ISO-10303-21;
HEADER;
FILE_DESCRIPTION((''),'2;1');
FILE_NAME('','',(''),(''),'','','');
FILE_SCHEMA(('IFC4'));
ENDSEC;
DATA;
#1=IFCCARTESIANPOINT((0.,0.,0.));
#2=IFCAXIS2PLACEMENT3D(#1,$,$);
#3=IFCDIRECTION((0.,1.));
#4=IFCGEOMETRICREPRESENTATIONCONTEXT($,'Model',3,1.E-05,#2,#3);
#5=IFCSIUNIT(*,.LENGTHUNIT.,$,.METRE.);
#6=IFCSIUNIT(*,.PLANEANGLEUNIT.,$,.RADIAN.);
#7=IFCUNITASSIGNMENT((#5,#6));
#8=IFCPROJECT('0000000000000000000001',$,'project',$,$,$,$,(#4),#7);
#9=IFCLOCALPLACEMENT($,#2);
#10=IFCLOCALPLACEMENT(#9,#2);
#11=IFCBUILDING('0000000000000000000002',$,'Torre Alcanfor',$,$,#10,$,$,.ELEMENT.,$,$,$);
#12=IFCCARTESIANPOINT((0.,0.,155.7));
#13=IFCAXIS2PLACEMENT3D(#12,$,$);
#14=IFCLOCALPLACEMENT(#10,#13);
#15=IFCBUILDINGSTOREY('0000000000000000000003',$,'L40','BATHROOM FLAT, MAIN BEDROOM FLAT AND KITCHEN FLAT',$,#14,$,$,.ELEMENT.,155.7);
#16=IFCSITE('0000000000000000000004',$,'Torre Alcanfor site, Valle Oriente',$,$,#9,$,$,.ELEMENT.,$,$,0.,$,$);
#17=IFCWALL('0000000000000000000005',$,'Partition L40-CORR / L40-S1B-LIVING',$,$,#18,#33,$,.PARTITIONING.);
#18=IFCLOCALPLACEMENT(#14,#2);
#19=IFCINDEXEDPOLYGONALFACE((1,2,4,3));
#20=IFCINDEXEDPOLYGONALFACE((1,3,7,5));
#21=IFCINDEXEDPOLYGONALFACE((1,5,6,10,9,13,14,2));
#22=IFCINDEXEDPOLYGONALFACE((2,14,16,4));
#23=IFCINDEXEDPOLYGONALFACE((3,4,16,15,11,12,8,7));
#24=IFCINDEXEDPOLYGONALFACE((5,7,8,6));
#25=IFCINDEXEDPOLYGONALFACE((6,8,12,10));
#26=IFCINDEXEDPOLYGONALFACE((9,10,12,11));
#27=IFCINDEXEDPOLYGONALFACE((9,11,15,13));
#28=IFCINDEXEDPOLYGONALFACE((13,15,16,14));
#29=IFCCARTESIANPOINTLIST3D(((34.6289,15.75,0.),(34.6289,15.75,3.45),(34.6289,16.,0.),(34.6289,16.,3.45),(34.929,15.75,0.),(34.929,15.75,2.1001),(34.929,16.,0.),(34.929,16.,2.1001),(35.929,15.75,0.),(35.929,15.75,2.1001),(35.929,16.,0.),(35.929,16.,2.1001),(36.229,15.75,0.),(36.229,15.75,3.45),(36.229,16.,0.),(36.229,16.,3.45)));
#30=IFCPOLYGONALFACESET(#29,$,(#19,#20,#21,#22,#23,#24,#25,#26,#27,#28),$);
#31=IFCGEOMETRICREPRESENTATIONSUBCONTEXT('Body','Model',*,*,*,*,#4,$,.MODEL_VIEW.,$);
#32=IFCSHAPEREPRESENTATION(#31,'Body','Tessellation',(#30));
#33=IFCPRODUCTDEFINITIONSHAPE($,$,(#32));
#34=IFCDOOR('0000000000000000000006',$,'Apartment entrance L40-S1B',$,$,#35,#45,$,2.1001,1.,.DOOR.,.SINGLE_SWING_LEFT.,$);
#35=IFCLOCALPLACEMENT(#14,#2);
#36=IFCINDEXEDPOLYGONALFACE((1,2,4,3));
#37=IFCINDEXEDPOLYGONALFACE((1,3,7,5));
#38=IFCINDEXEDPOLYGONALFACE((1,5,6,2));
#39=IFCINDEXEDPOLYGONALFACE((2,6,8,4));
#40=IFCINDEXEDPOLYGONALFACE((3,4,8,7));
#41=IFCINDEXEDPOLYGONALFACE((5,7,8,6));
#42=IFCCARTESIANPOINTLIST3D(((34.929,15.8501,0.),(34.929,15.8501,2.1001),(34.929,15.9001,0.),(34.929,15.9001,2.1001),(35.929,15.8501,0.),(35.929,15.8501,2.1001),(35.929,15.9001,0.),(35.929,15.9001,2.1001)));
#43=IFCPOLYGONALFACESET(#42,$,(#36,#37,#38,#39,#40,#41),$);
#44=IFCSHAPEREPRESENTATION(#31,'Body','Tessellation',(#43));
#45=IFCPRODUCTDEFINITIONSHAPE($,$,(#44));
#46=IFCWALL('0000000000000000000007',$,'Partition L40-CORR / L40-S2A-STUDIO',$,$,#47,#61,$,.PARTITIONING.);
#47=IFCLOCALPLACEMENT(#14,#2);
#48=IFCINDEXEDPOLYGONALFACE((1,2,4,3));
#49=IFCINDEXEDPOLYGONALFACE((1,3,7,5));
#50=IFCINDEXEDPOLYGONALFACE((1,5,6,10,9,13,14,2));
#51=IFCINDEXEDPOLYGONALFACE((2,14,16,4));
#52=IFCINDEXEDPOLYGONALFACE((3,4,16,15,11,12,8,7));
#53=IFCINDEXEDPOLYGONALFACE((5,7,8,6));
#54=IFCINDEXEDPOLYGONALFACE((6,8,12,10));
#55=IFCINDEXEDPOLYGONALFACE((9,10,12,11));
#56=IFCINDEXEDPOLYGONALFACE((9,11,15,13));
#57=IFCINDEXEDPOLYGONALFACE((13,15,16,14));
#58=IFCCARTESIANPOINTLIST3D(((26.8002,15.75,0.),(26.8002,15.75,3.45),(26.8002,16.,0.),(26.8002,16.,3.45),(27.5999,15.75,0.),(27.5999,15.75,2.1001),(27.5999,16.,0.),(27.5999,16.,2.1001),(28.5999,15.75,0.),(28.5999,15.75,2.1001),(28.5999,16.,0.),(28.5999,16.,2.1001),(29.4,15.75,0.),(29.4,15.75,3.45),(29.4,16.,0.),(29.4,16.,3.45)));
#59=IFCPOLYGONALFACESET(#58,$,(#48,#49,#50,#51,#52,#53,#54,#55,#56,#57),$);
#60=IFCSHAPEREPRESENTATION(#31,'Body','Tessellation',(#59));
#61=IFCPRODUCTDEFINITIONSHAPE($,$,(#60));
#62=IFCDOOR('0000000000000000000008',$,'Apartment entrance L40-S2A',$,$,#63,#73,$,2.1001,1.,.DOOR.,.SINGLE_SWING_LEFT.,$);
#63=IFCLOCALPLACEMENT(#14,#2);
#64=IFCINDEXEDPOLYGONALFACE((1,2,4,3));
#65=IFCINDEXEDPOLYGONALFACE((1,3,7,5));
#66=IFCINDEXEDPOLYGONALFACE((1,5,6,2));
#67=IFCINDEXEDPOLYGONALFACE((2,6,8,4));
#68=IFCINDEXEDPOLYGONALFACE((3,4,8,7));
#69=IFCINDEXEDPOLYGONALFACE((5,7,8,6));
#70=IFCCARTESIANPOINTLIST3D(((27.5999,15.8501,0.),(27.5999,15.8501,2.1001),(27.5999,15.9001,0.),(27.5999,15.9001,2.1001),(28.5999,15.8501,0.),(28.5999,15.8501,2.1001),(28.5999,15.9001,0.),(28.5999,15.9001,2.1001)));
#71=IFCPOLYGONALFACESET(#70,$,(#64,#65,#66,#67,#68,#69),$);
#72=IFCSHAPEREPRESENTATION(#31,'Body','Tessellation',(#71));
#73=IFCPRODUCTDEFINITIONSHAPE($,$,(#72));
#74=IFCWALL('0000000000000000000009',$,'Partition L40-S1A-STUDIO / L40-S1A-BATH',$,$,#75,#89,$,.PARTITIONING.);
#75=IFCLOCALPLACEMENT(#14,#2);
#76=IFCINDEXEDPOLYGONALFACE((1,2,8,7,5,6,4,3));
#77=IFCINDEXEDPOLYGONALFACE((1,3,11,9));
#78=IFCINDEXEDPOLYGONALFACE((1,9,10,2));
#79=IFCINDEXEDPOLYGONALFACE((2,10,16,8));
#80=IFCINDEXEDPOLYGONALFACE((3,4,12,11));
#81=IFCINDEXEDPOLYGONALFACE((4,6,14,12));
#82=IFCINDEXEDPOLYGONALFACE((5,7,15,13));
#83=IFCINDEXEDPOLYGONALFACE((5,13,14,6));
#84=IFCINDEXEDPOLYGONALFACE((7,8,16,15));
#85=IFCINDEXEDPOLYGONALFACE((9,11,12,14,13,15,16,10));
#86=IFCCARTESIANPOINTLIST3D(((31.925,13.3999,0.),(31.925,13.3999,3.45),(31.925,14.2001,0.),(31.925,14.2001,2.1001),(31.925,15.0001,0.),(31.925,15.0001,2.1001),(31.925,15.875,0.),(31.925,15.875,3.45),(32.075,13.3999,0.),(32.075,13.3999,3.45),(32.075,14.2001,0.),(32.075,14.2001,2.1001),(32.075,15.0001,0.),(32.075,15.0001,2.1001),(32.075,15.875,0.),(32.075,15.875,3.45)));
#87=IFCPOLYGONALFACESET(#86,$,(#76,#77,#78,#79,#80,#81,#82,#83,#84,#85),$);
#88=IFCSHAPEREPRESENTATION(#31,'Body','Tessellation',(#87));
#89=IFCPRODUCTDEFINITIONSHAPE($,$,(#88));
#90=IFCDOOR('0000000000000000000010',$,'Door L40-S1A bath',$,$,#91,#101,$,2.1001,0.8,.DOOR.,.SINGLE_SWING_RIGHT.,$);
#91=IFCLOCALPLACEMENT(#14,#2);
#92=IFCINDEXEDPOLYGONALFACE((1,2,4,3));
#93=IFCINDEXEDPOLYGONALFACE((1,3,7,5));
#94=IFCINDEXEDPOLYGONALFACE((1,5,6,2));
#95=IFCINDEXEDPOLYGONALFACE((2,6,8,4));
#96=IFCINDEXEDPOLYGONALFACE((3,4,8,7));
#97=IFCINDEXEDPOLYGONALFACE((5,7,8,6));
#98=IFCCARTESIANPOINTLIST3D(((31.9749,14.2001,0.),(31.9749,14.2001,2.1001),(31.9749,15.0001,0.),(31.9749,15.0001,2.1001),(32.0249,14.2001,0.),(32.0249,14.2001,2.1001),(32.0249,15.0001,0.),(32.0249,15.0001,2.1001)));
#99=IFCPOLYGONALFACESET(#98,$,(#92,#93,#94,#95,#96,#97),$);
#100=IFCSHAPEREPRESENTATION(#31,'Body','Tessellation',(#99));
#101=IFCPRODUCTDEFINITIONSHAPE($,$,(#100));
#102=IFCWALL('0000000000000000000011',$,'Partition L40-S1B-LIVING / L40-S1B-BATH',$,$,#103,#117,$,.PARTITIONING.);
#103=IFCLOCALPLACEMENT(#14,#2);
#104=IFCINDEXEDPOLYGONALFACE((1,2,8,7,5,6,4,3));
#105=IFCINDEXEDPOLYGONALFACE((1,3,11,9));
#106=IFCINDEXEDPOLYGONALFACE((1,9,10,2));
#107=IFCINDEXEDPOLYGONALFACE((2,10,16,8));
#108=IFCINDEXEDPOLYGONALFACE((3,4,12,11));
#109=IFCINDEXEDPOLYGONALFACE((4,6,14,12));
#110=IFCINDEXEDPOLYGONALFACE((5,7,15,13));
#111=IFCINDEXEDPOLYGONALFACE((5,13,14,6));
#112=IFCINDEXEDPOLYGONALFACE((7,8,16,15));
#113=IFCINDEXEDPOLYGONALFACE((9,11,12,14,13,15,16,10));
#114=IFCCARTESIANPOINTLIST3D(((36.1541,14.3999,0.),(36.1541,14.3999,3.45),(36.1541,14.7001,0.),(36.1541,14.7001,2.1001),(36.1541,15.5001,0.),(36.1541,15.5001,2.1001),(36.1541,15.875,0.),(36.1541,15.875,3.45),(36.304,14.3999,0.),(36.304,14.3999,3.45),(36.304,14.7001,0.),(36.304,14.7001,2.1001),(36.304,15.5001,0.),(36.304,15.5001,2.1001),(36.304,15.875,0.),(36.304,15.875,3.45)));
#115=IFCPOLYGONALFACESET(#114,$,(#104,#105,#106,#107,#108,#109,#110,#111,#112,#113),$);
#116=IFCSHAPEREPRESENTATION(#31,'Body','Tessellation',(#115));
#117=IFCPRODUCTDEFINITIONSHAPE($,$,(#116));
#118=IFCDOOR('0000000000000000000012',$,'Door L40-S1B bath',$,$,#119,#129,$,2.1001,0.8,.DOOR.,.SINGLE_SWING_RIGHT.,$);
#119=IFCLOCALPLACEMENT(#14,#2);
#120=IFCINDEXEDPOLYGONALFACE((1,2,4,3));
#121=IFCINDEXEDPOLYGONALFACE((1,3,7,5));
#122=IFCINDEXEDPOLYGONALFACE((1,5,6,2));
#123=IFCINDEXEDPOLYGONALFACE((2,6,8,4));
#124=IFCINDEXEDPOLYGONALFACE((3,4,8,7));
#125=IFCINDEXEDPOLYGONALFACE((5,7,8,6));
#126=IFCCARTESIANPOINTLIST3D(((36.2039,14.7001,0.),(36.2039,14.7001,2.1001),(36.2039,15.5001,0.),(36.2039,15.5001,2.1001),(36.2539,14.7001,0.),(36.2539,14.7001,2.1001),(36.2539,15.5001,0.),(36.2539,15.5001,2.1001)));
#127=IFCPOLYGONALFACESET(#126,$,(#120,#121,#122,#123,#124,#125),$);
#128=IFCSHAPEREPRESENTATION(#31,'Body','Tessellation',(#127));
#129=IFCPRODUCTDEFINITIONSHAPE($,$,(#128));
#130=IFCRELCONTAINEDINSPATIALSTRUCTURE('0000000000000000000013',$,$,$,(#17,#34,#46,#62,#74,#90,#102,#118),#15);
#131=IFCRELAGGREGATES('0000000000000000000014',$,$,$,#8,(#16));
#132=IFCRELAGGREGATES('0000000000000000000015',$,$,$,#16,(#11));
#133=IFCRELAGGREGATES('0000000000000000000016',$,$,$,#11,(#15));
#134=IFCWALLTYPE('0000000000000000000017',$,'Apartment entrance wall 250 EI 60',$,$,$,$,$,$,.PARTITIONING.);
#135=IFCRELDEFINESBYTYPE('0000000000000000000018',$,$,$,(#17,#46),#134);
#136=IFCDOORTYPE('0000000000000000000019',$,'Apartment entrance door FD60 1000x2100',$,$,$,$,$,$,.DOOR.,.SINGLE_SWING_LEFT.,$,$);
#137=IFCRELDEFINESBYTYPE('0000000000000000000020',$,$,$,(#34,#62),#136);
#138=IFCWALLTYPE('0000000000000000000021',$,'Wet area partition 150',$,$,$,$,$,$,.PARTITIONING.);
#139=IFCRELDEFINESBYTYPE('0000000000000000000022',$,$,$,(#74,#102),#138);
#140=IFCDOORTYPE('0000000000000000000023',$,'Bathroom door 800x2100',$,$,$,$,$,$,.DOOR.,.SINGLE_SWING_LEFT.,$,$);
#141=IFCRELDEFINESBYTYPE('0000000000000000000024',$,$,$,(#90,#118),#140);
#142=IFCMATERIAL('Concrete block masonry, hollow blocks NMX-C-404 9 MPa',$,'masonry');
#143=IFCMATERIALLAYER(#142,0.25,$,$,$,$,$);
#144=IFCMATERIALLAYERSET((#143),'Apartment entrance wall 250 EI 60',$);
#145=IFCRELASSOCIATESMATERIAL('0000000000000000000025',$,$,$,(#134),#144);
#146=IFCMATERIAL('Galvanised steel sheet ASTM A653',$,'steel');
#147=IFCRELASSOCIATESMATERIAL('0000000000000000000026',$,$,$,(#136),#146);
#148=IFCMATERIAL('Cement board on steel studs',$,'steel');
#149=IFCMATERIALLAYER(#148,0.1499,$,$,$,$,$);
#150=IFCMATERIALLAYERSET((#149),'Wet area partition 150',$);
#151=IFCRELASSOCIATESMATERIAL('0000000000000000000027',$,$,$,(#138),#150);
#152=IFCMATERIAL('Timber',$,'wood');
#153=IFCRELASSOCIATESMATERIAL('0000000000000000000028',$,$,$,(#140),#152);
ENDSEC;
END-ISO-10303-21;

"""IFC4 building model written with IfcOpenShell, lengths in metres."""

from ifc_helpers import new_model, si_unit, direction, frame, frame_2d, origin, place, context, subcontext, project, spatial, rectangle, extrude, material, layer, layer_set, type_object, element, fill, save


model = new_model("IFC4")

# Units and contexts
model_context = context("Model", 3, precision=1e-05, world=origin(), true_north=direction((0.0, 1.0)))
body_context = subcontext(model_context, "Body", "Model", "MODEL_VIEW")
ifc_project = project(units=[si_unit("LENGTHUNIT", "METRE"), si_unit("PLANEANGLEUNIT", "RADIAN")], contexts=[model_context])

# Site, building, storey
site_placement = place(None, origin())
site = spatial("IfcSite", under=ifc_project, at=site_placement, Name="Torre Alcanfor site, Valle Oriente", CompositionType="ELEMENT", RefElevation=0.0)
building_placement = place(site_placement, origin())
building = spatial("IfcBuilding", under=site, at=building_placement, Name="Torre Alcanfor", CompositionType="ELEMENT")
storey_placement = place(building_placement, frame((0.0, 0.0, 155.7)))
storey = spatial("IfcBuildingStorey", under=building, at=storey_placement, Name="L40", Description="BATHROOM FLAT, MAIN BEDROOM FLAT AND KITCHEN FLAT", CompositionType="ELEMENT", Elevation=155.7)

# Shared definitions
ifc_material_1 = material(Name="Concrete block masonry, hollow blocks NMX-C-404 9 MPa", Category="masonry")
ifc_layer_1 = layer(ifc_material_1, 0.25)
ifc_layer_set_1 = layer_set([ifc_layer_1], Name="Apartment entrance wall 250 EI 60")
wall_type_1 = type_object("IfcWallType", Name="Apartment entrance wall 250 EI 60", PredefinedType="PARTITIONING", material=ifc_layer_set_1)
ifc_material_2 = material(Name="Galvanised steel sheet ASTM A653", Category="steel")
door_type_1 = type_object("IfcDoorType", Name="Apartment entrance door FD60 1000x2100", OperationType="SINGLE_SWING_LEFT", PredefinedType="DOOR", material=ifc_material_2)

# Walls, openings, doors
wall_1_placement = place(storey_placement, frame((36.229, 15.875, 0.0), z_axis=(0.0, 0.0, 1.0), x_axis=(-1.0, 0.0, 0.0)))
wall_1 = element("IfcWall", 1, at=wall_1_placement, inside=storey, type_object=wall_type_1, Name="Partition L40-CORR / L40-S1B-LIVING", PredefinedType="PARTITIONING", context=body_context, shape_type="SweptSolid", body=[
    extrude(rectangle(XDim=1.6001, YDim=0.25, at=frame_2d((0.8, 0.0))), origin(), (0.0, 0.0, 1.0), 3.45),
])
opening_1_placement = place(wall_1_placement, frame((0.3, 0.0, 0.0)))
opening_1 = element("IfcOpeningElement", 2, at=opening_1_placement, cuts=wall_1, PredefinedType="OPENING", context=body_context, shape_type="SweptSolid", body=[
    extrude(rectangle(XDim=1.0, YDim=2.1001, at=frame_2d((0.5, 1.05))), frame((0.0, 0.135, 0.0), z_axis=(0.0, -1.0, 0.0), x_axis=(1.0, 0.0, 0.0)), (0.0, 0.0, 1.0), 0.27),
])
door_1_placement = place(opening_1_placement, origin())
door_1 = element("IfcDoor", 3, at=door_1_placement, inside=storey, type_object=door_type_1, Name="Apartment entrance L40-S1B", OperationType="SINGLE_SWING_LEFT", OverallHeight=2.1001, OverallWidth=1.0, PredefinedType="DOOR", context=body_context, shape_type="SweptSolid", body=[
    extrude(rectangle(XDim=1.0, YDim=2.1001, at=frame_2d((0.5, 1.05))), frame((0.0, 0.0249, 0.0), z_axis=(0.0, -1.0, 0.0), x_axis=(1.0, 0.0, 0.0)), (0.0, 0.0, 1.0), 0.05),
])
fill(opening_1, door_1)
wall_2_placement = place(storey_placement, frame((29.3999, 15.875, 0.0), z_axis=(0.0, 0.0, 1.0), x_axis=(-1.0, 0.0, 0.0)))
wall_2 = element("IfcWall", 4, at=wall_2_placement, inside=storey, type_object=wall_type_1, Name="Partition L40-CORR / L40-S2A-STUDIO", PredefinedType="PARTITIONING", context=body_context, shape_type="SweptSolid", body=[
    extrude(rectangle(XDim=2.5999, YDim=0.25, at=frame_2d((1.2998, 0.0))), origin(), (0.0, 0.0, 1.0), 3.45),
])
opening_2_placement = place(wall_2_placement, frame((0.8, 0.0, 0.0)))
opening_2 = element("IfcOpeningElement", 5, at=opening_2_placement, cuts=wall_2, PredefinedType="OPENING", context=body_context, shape_type="SweptSolid", body=[
    extrude(rectangle(XDim=1.0, YDim=2.1001, at=frame_2d((0.5, 1.05))), frame((0.0, 0.135, 0.0), z_axis=(0.0, -1.0, 0.0), x_axis=(1.0, 0.0, 0.0)), (0.0, 0.0, 1.0), 0.27),
])
door_2_placement = place(opening_2_placement, origin())
door_2 = element("IfcDoor", 6, at=door_2_placement, inside=storey, type_object=door_type_1, Name="Apartment entrance L40-S2A", OperationType="SINGLE_SWING_LEFT", OverallHeight=2.1001, OverallWidth=1.0, PredefinedType="DOOR", context=body_context, shape_type="SweptSolid", body=[
    extrude(rectangle(XDim=1.0, YDim=2.1001, at=frame_2d((0.5, 1.05))), frame((0.0, 0.0249, 0.0), z_axis=(0.0, -1.0, 0.0), x_axis=(1.0, 0.0, 0.0)), (0.0, 0.0, 1.0), 0.05),
])
fill(opening_2, door_2)
ifc_material_3 = material(Name="Cement board on steel studs", Category="steel")
ifc_layer_2 = layer(ifc_material_3, 0.1499)
ifc_layer_set_2 = layer_set([ifc_layer_2], Name="Wet area partition 150")
wall_type_2 = type_object("IfcWallType", Name="Wet area partition 150", PredefinedType="PARTITIONING", material=ifc_layer_set_2)
wall_3_placement = place(storey_placement, frame((32.0, 15.875, 0.0), z_axis=(0.0, 0.0, 1.0), x_axis=(0.0, -1.0, 0.0)))
wall_3 = element("IfcWall", 7, at=wall_3_placement, inside=storey, type_object=wall_type_2, Name="Partition L40-S1A-STUDIO / L40-S1A-BATH", PredefinedType="PARTITIONING", context=body_context, shape_type="SweptSolid", body=[
    extrude(rectangle(XDim=2.4751, YDim=0.1499, at=frame_2d((1.2375, 0.0))), origin(), (0.0, 0.0, 1.0), 3.45),
])
opening_3_placement = place(wall_3_placement, frame((0.875, 0.0, 0.0)))
opening_3 = element("IfcOpeningElement", 8, at=opening_3_placement, cuts=wall_3, PredefinedType="OPENING", context=body_context, shape_type="SweptSolid", body=[
    extrude(rectangle(XDim=0.8, YDim=2.1001, at=frame_2d((0.3999, 1.05))), frame((0.0, 0.085, 0.0), z_axis=(0.0, -1.0, 0.0), x_axis=(1.0, 0.0, 0.0)), (0.0, 0.0, 1.0), 0.1699),
])
ifc_material_4 = material(Name="Timber", Category="wood")
door_type_2 = type_object("IfcDoorType", Name="Bathroom door 800x2100", OperationType="SINGLE_SWING_LEFT", PredefinedType="DOOR", material=ifc_material_4)
door_3_placement = place(opening_3_placement, origin())
door_3 = element("IfcDoor", 9, at=door_3_placement, inside=storey, type_object=door_type_2, Name="Door L40-S1A bath", OperationType="SINGLE_SWING_RIGHT", OverallHeight=2.1001, OverallWidth=0.8, PredefinedType="DOOR", context=body_context, shape_type="SweptSolid", body=[
    extrude(rectangle(XDim=0.8, YDim=2.1001, at=frame_2d((0.3999, 1.05))), frame((0.0, 0.0249, 0.0), z_axis=(0.0, -1.0, 0.0), x_axis=(1.0, 0.0, 0.0)), (0.0, 0.0, 1.0), 0.05),
])
fill(opening_3, door_3)
wall_4_placement = place(storey_placement, frame((36.229, 15.875, 0.0), z_axis=(0.0, 0.0, 1.0), x_axis=(0.0, -1.0, 0.0)))
wall_4 = element("IfcWall", 10, at=wall_4_placement, inside=storey, type_object=wall_type_2, Name="Partition L40-S1B-LIVING / L40-S1B-BATH", PredefinedType="PARTITIONING", context=body_context, shape_type="SweptSolid", body=[
    extrude(rectangle(XDim=1.4751, YDim=0.1499, at=frame_2d((0.7375, 0.0))), origin(), (0.0, 0.0, 1.0), 3.45),
])
opening_4_placement = place(wall_4_placement, frame((0.375, 0.0, 0.0)))
opening_4 = element("IfcOpeningElement", 11, at=opening_4_placement, cuts=wall_4, PredefinedType="OPENING", context=body_context, shape_type="SweptSolid", body=[
    extrude(rectangle(XDim=0.8, YDim=2.1001, at=frame_2d((0.3999, 1.05))), frame((0.0, 0.085, 0.0), z_axis=(0.0, -1.0, 0.0), x_axis=(1.0, 0.0, 0.0)), (0.0, 0.0, 1.0), 0.1699),
])
door_4_placement = place(opening_4_placement, origin())
door_4 = element("IfcDoor", 12, at=door_4_placement, inside=storey, type_object=door_type_2, Name="Door L40-S1B bath", OperationType="SINGLE_SWING_RIGHT", OverallHeight=2.1001, OverallWidth=0.8, PredefinedType="DOOR", context=body_context, shape_type="SweptSolid", body=[
    extrude(rectangle(XDim=0.8, YDim=2.1001, at=frame_2d((0.3999, 1.05))), frame((0.0, 0.0249, 0.0), z_axis=(0.0, -1.0, 0.0), x_axis=(1.0, 0.0, 0.0)), (0.0, 0.0, 1.0), 0.05),
])
fill(opening_4, door_4)

save(model, "model.ifc")
